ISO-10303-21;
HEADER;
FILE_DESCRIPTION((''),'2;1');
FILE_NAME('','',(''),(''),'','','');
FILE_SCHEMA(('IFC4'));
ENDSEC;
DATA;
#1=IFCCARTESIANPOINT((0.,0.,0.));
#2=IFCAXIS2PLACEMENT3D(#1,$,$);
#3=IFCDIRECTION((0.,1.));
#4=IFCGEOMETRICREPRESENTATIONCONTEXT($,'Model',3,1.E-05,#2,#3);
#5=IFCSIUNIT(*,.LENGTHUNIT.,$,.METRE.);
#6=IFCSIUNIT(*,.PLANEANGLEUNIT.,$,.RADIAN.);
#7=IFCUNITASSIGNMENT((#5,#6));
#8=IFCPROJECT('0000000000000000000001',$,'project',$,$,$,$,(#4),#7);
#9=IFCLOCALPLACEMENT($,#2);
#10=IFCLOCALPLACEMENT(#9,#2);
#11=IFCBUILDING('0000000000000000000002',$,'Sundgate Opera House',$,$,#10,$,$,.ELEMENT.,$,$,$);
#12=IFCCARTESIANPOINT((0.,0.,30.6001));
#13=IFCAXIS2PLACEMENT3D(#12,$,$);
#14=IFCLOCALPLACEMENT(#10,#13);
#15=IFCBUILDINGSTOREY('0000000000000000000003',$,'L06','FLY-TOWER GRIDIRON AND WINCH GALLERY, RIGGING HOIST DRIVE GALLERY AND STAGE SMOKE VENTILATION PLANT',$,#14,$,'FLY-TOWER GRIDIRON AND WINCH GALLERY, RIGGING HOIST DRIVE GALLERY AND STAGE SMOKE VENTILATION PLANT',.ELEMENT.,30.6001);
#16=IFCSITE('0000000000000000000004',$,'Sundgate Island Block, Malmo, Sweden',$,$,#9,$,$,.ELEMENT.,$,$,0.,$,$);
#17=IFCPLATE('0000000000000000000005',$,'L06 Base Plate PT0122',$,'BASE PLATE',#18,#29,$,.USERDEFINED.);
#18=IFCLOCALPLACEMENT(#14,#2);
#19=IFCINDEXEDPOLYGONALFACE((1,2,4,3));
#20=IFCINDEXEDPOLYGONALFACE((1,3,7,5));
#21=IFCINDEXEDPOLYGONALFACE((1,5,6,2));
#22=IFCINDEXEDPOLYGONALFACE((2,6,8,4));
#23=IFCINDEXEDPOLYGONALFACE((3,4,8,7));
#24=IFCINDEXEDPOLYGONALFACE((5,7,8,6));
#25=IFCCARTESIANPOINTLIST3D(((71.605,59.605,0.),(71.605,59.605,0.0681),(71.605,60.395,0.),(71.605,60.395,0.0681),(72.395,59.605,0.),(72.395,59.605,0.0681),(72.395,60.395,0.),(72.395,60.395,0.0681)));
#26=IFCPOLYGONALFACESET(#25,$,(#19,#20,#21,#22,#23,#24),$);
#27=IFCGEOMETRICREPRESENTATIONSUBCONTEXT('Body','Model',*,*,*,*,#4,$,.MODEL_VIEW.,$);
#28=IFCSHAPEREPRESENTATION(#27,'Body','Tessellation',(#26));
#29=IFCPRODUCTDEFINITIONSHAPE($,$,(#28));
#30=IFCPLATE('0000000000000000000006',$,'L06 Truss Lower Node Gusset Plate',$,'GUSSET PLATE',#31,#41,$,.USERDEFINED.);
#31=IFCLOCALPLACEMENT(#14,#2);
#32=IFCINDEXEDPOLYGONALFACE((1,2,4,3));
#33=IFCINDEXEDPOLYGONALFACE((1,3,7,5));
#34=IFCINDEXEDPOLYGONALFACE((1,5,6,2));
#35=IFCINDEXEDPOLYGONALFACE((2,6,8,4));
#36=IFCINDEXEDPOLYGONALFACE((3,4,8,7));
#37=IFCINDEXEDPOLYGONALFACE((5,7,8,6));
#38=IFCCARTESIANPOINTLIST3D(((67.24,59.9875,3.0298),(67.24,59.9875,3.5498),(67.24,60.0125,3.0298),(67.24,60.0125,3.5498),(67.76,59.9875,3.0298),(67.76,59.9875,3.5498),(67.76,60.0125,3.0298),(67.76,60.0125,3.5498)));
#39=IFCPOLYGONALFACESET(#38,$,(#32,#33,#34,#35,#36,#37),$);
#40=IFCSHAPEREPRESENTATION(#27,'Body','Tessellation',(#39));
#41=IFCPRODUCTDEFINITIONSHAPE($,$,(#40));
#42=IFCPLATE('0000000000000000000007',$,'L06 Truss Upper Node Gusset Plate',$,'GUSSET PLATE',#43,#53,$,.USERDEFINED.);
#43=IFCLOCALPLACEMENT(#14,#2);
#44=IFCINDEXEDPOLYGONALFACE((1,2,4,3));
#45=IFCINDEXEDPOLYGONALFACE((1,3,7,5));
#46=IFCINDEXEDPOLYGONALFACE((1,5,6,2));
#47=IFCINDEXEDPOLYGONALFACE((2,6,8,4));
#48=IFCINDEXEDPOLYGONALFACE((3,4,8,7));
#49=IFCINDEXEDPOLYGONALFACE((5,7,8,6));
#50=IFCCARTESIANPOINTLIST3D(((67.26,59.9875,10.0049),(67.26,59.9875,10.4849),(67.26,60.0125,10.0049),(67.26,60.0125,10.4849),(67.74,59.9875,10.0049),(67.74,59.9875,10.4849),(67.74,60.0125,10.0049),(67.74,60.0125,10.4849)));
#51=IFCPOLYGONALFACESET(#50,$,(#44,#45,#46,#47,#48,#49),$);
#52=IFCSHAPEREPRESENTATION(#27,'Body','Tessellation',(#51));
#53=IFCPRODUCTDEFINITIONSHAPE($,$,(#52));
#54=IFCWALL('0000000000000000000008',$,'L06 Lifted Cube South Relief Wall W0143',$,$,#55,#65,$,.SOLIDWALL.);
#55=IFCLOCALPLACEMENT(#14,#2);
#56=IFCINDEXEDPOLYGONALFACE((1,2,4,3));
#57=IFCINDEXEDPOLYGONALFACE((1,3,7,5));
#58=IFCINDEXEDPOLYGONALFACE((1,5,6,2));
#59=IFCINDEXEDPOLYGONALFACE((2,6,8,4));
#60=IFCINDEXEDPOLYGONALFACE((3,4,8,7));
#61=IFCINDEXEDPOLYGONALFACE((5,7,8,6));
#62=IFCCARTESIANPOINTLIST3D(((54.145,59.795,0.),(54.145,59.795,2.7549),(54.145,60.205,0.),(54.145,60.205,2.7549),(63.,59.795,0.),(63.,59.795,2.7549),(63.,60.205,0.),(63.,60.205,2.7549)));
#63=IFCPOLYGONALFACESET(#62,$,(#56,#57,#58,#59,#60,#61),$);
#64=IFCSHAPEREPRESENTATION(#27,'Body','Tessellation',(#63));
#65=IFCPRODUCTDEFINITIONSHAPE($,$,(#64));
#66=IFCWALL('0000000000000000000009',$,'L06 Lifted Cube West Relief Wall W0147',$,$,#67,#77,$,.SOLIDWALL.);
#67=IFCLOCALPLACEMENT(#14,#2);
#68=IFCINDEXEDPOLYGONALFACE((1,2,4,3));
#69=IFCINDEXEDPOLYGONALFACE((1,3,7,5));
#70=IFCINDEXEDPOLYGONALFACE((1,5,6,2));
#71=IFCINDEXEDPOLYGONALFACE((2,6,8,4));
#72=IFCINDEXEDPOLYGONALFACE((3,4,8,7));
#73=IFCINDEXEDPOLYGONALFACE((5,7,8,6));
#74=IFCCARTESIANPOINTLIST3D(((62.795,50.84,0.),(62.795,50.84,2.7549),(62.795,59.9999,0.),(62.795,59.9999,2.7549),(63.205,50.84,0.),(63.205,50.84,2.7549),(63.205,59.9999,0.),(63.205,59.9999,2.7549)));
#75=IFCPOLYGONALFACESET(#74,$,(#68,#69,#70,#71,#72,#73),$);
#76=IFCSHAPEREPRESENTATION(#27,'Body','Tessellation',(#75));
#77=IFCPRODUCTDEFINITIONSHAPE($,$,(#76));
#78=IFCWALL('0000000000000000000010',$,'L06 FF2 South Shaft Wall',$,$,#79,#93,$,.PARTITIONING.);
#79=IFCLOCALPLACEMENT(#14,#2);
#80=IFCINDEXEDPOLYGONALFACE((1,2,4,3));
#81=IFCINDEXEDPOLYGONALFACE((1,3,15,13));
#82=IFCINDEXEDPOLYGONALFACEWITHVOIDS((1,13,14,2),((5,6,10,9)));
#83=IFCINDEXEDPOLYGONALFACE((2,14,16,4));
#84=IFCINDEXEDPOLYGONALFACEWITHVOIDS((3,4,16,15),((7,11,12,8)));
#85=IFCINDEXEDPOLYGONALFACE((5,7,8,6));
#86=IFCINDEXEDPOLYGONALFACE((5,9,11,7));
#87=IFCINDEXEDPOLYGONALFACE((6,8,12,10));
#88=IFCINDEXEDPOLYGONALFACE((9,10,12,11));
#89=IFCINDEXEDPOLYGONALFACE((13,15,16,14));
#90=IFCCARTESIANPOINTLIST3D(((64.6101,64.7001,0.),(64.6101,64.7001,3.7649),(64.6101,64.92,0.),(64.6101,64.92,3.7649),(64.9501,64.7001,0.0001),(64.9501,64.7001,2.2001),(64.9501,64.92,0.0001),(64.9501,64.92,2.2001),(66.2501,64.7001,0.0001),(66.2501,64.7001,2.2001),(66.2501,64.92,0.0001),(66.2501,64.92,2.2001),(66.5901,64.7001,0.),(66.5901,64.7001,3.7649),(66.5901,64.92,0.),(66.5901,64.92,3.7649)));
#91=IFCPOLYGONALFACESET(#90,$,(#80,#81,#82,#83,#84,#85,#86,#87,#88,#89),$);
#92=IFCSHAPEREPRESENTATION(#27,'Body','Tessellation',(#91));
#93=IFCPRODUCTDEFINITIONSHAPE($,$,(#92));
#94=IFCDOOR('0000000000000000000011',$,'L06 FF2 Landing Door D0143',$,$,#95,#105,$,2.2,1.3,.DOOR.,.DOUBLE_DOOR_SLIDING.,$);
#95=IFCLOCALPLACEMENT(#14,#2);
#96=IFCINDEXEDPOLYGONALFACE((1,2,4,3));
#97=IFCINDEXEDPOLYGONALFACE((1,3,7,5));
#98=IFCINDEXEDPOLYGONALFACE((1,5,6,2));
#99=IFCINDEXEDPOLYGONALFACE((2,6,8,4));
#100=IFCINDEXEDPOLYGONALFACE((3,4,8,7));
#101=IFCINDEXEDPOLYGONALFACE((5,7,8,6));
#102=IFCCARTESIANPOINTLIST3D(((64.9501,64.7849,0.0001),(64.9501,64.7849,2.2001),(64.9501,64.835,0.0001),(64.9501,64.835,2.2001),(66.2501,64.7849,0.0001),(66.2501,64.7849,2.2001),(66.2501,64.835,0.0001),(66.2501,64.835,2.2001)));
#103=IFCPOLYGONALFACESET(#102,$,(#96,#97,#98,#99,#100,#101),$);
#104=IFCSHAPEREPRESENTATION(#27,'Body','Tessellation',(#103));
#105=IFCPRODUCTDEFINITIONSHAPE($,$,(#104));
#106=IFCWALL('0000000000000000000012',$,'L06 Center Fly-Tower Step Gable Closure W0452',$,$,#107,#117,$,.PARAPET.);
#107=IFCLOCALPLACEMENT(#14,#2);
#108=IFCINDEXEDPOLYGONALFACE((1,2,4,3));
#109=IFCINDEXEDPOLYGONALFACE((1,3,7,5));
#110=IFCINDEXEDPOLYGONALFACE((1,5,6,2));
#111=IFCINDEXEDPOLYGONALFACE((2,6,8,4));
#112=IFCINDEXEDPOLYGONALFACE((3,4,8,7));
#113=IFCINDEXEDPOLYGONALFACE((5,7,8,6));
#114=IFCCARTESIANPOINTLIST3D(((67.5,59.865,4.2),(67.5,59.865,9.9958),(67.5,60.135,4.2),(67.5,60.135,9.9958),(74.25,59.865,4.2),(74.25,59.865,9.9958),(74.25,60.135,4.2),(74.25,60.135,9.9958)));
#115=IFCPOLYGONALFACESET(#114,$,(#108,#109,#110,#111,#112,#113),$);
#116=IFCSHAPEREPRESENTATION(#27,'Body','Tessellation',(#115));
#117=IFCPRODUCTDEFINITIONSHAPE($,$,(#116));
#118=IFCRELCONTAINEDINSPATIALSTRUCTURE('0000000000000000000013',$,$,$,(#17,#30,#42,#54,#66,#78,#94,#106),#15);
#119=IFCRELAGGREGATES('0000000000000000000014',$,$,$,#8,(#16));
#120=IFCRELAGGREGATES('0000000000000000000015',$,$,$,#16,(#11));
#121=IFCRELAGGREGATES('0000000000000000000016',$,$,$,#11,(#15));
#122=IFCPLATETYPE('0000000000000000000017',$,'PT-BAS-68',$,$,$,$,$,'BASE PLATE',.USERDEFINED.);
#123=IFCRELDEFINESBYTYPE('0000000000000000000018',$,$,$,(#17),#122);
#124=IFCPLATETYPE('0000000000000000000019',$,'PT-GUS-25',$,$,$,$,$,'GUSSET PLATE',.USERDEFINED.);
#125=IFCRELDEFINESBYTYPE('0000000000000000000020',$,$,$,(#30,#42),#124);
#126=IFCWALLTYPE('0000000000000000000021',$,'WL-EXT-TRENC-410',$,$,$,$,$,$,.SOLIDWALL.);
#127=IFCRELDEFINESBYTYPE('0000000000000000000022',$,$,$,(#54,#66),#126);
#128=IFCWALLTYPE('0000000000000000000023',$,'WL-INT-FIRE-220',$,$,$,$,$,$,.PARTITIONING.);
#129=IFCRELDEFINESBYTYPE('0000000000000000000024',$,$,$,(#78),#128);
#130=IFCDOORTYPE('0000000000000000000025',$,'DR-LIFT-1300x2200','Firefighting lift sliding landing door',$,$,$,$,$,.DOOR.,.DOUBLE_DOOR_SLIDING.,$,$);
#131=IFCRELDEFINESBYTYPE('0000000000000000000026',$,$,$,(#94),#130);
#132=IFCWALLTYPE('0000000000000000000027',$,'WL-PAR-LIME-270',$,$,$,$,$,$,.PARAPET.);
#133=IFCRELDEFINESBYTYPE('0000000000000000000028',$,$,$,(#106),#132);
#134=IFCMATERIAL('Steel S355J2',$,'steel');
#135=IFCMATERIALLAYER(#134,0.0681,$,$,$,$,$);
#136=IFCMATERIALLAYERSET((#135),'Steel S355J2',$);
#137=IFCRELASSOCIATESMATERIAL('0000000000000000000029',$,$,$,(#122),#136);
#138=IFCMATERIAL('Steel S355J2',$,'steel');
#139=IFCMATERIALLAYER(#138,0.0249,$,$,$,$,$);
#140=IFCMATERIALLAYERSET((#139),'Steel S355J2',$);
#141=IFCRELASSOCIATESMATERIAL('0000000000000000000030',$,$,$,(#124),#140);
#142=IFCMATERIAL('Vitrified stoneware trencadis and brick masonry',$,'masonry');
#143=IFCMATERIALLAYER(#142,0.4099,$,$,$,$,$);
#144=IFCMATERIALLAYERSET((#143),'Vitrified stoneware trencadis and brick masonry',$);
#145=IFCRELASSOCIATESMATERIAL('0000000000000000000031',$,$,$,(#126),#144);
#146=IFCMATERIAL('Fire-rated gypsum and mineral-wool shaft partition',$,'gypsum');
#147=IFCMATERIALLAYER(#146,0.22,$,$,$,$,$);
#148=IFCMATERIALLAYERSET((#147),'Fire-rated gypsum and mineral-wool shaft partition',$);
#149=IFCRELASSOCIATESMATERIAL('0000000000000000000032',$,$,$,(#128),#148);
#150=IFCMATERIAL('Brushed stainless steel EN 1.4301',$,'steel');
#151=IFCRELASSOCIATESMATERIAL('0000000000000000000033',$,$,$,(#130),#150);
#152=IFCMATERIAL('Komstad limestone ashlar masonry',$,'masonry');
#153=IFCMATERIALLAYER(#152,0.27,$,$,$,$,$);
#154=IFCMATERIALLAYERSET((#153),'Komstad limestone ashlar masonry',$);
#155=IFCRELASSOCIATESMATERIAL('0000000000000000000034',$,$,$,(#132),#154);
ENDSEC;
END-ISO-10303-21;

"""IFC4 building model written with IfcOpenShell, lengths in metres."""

from ifc_helpers import new_model, si_unit, direction, frame, frame_2d, origin, origin_2d, place, context, subcontext, project, spatial, rectangle, extrude, material, layer, layer_set, type_object, element, fill, save


model = new_model("IFC4")

# Units and contexts
model_context = context("Model", 3, precision=1e-05, world=origin(), true_north=direction((0.0, 1.0)))
body_context = subcontext(model_context, "Body", "Model", "MODEL_VIEW")
ifc_project = project(units=[si_unit("LENGTHUNIT", "METRE"), si_unit("PLANEANGLEUNIT", "RADIAN")], contexts=[model_context])

# Site, building, storey
site_placement = place(None, origin())
site = spatial("IfcSite", under=ifc_project, at=site_placement, Name="Sundgate Island Block, Malmo, Sweden", CompositionType="ELEMENT", RefElevation=0.0)
building_placement = place(site_placement, origin())
building = spatial("IfcBuilding", under=site, at=building_placement, Name="Sundgate Opera House", CompositionType="ELEMENT")
storey_placement = place(building_placement, frame((0.0, 0.0, 30.6001)))
storey = spatial("IfcBuildingStorey", under=building, at=storey_placement, Name="L06", Description="FLY-TOWER GRIDIRON AND WINCH GALLERY, RIGGING HOIST DRIVE GALLERY AND STAGE SMOKE VENTILATION PLANT", LongName="FLY-TOWER GRIDIRON AND WINCH GALLERY, RIGGING HOIST DRIVE GALLERY AND STAGE SMOKE VENTILATION PLANT", CompositionType="ELEMENT", Elevation=30.6001)

# Plates
ifc_material_1 = material(Name="Steel S355J2", Category="steel")
ifc_layer_1 = layer(ifc_material_1, 0.0681)
ifc_layer_set_1 = layer_set([ifc_layer_1], Name="Steel S355J2")
plate_type_1 = type_object("IfcPlateType", Name="PT-BAS-68", ElementType="BASE PLATE", PredefinedType="USERDEFINED", material=ifc_layer_set_1)
plate_1_placement = place(storey_placement, frame((72.0, 60.0, 0.0), z_axis=(0.0, 0.0, 1.0), x_axis=(1.0, 0.0, 0.0)))
element("IfcPlate", 1, at=plate_1_placement, inside=storey, type_object=plate_type_1, Name="L06 Base Plate PT0122", ObjectType="BASE PLATE", PredefinedType="USERDEFINED", context=body_context, shape_type="SweptSolid", body=[
    extrude(rectangle(XDim=0.79, YDim=0.79, at=origin_2d()), origin(), (0.0, 0.0, 1.0), 0.0681),
])
ifc_material_2 = material(Name="Steel S355J2", Category="steel")
ifc_layer_2 = layer(ifc_material_2, 0.0249)
ifc_layer_set_2 = layer_set([ifc_layer_2], Name="Steel S355J2")
plate_type_2 = type_object("IfcPlateType", Name="PT-GUS-25", ElementType="GUSSET PLATE", PredefinedType="USERDEFINED", material=ifc_layer_set_2)
plate_2_placement = place(storey_placement, frame((67.5, 60.0, 3.0298), z_axis=(0.0, 0.0, 1.0), x_axis=(1.0, 0.0, 0.0)))
element("IfcPlate", 2, at=plate_2_placement, inside=storey, type_object=plate_type_2, Name="L06 Truss Lower Node Gusset Plate", ObjectType="GUSSET PLATE", PredefinedType="USERDEFINED", context=body_context, shape_type="SweptSolid", body=[
    extrude(rectangle(XDim=0.52, YDim=0.0249, at=origin_2d()), origin(), (0.0, 0.0, 1.0), 0.52),
])
plate_3_placement = place(storey_placement, frame((67.5, 60.0, 10.0049), z_axis=(0.0, 0.0, 1.0), x_axis=(1.0, 0.0, 0.0)))
element("IfcPlate", 3, at=plate_3_placement, inside=storey, type_object=plate_type_2, Name="L06 Truss Upper Node Gusset Plate", ObjectType="GUSSET PLATE", PredefinedType="USERDEFINED", context=body_context, shape_type="SweptSolid", body=[
    extrude(rectangle(XDim=0.48, YDim=0.0249, at=origin_2d()), origin(), (0.0, 0.0, 1.0), 0.48),
])

# Walls
ifc_material_3 = material(Name="Vitrified stoneware trencadis and brick masonry", Category="masonry")
ifc_layer_3 = layer(ifc_material_3, 0.4099)
ifc_layer_set_3 = layer_set([ifc_layer_3], Name="Vitrified stoneware trencadis and brick masonry")
wall_type_1 = type_object("IfcWallType", Name="WL-EXT-TRENC-410", PredefinedType="SOLIDWALL", material=ifc_layer_set_3)
wall_1_placement = place(storey_placement, frame((63.0, 60.0, 0.0), z_axis=(0.0, 0.0, 1.0), x_axis=(-1.0, 0.0, 0.0)))
element("IfcWall", 4, at=wall_1_placement, inside=storey, type_object=wall_type_1, Name="L06 Lifted Cube South Relief Wall W0143", PredefinedType="SOLIDWALL", context=body_context, shape_type="SweptSolid", body=[
    extrude(rectangle(XDim=8.855, YDim=0.4099, at=frame_2d((4.4275, 0.0))), origin(), (0.0, 0.0, 1.0), 2.7549),
])
wall_2_placement = place(storey_placement, frame((63.0, 60.0, 0.0), z_axis=(0.0, 0.0, 1.0), x_axis=(0.0, -1.0, 0.0)))
element("IfcWall", 5, at=wall_2_placement, inside=storey, type_object=wall_type_1, Name="L06 Lifted Cube West Relief Wall W0147", PredefinedType="SOLIDWALL", context=body_context, shape_type="SweptSolid", body=[
    extrude(rectangle(XDim=9.1599, YDim=0.4099, at=frame_2d((4.5801, 0.0))), origin(), (0.0, 0.0, 1.0), 2.7549),
])

# Wall, opening, door
ifc_material_4 = material(Name="Fire-rated gypsum and mineral-wool shaft partition", Category="gypsum")
ifc_layer_4 = layer(ifc_material_4, 0.22)
ifc_layer_set_4 = layer_set([ifc_layer_4], Name="Fire-rated gypsum and mineral-wool shaft partition")
wall_type_2 = type_object("IfcWallType", Name="WL-INT-FIRE-220", PredefinedType="PARTITIONING", material=ifc_layer_set_4)
wall_3_placement = place(storey_placement, frame((64.6101, 64.8101, 0.0), z_axis=(0.0, 0.0, 1.0), x_axis=(1.0, 0.0, 0.0)))
wall_3 = element("IfcWall", 6, at=wall_3_placement, inside=storey, type_object=wall_type_2, Name="L06 FF2 South Shaft Wall", PredefinedType="PARTITIONING", context=body_context, shape_type="SweptSolid", body=[
    extrude(rectangle(XDim=1.98, YDim=0.22, at=frame_2d((0.99, 0.0))), origin(), (0.0, 0.0, 1.0), 3.7649),
])
opening_placement = place(wall_3_placement, frame((0.3401, 0.0, 0.0)))
opening = element("IfcOpeningElement", 7, at=opening_placement, cuts=wall_3, PredefinedType="OPENING", context=body_context, shape_type="SweptSolid", body=[
    extrude(rectangle(XDim=1.3, YDim=2.2, at=frame_2d((0.6499, 1.1001))), frame((0.0, 0.1199, 0.0), z_axis=(0.0, -1.0, 0.0), x_axis=(1.0, 0.0, 0.0)), (0.0, 0.0, 1.0), 0.24),
])
ifc_material_5 = material(Name="Brushed stainless steel EN 1.4301", Category="steel")
door_type = type_object("IfcDoorType", Name="DR-LIFT-1300x2200", Description="Firefighting lift sliding landing door", OperationType="DOUBLE_DOOR_SLIDING", PredefinedType="DOOR", material=ifc_material_5)
door_placement = place(opening_placement, origin())
door = element("IfcDoor", 8, at=door_placement, inside=storey, type_object=door_type, Name="L06 FF2 Landing Door D0143", OperationType="DOUBLE_DOOR_SLIDING", OverallHeight=2.2, OverallWidth=1.3, PredefinedType="DOOR", context=body_context, shape_type="SweptSolid", body=[
    extrude(rectangle(XDim=1.3, YDim=2.2, at=frame_2d((0.6499, 1.1001))), frame((0.0, 0.0249, 0.0), z_axis=(0.0, -1.0, 0.0), x_axis=(1.0, 0.0, 0.0)), (0.0, 0.0, 1.0), 0.05),
])
fill(opening, door)

# Wall
ifc_material_6 = material(Name="Komstad limestone ashlar masonry", Category="masonry")
ifc_layer_5 = layer(ifc_material_6, 0.27)
ifc_layer_set_5 = layer_set([ifc_layer_5], Name="Komstad limestone ashlar masonry")
wall_type_3 = type_object("IfcWallType", Name="WL-PAR-LIME-270", PredefinedType="PARAPET", material=ifc_layer_set_5)
wall_4_placement = place(storey_placement, frame((67.5, 60.0, 4.2), z_axis=(0.0, 0.0, 1.0), x_axis=(1.0, 0.0, 0.0)))
element("IfcWall", 9, at=wall_4_placement, inside=storey, type_object=wall_type_3, Name="L06 Center Fly-Tower Step Gable Closure W0452", PredefinedType="PARAPET", context=body_context, shape_type="SweptSolid", body=[
    extrude(rectangle(XDim=6.75, YDim=0.27, at=frame_2d((3.375, 0.0))), origin(), (0.0, 0.0, 1.0), 5.7959),
])

save(model, "model.ifc")
